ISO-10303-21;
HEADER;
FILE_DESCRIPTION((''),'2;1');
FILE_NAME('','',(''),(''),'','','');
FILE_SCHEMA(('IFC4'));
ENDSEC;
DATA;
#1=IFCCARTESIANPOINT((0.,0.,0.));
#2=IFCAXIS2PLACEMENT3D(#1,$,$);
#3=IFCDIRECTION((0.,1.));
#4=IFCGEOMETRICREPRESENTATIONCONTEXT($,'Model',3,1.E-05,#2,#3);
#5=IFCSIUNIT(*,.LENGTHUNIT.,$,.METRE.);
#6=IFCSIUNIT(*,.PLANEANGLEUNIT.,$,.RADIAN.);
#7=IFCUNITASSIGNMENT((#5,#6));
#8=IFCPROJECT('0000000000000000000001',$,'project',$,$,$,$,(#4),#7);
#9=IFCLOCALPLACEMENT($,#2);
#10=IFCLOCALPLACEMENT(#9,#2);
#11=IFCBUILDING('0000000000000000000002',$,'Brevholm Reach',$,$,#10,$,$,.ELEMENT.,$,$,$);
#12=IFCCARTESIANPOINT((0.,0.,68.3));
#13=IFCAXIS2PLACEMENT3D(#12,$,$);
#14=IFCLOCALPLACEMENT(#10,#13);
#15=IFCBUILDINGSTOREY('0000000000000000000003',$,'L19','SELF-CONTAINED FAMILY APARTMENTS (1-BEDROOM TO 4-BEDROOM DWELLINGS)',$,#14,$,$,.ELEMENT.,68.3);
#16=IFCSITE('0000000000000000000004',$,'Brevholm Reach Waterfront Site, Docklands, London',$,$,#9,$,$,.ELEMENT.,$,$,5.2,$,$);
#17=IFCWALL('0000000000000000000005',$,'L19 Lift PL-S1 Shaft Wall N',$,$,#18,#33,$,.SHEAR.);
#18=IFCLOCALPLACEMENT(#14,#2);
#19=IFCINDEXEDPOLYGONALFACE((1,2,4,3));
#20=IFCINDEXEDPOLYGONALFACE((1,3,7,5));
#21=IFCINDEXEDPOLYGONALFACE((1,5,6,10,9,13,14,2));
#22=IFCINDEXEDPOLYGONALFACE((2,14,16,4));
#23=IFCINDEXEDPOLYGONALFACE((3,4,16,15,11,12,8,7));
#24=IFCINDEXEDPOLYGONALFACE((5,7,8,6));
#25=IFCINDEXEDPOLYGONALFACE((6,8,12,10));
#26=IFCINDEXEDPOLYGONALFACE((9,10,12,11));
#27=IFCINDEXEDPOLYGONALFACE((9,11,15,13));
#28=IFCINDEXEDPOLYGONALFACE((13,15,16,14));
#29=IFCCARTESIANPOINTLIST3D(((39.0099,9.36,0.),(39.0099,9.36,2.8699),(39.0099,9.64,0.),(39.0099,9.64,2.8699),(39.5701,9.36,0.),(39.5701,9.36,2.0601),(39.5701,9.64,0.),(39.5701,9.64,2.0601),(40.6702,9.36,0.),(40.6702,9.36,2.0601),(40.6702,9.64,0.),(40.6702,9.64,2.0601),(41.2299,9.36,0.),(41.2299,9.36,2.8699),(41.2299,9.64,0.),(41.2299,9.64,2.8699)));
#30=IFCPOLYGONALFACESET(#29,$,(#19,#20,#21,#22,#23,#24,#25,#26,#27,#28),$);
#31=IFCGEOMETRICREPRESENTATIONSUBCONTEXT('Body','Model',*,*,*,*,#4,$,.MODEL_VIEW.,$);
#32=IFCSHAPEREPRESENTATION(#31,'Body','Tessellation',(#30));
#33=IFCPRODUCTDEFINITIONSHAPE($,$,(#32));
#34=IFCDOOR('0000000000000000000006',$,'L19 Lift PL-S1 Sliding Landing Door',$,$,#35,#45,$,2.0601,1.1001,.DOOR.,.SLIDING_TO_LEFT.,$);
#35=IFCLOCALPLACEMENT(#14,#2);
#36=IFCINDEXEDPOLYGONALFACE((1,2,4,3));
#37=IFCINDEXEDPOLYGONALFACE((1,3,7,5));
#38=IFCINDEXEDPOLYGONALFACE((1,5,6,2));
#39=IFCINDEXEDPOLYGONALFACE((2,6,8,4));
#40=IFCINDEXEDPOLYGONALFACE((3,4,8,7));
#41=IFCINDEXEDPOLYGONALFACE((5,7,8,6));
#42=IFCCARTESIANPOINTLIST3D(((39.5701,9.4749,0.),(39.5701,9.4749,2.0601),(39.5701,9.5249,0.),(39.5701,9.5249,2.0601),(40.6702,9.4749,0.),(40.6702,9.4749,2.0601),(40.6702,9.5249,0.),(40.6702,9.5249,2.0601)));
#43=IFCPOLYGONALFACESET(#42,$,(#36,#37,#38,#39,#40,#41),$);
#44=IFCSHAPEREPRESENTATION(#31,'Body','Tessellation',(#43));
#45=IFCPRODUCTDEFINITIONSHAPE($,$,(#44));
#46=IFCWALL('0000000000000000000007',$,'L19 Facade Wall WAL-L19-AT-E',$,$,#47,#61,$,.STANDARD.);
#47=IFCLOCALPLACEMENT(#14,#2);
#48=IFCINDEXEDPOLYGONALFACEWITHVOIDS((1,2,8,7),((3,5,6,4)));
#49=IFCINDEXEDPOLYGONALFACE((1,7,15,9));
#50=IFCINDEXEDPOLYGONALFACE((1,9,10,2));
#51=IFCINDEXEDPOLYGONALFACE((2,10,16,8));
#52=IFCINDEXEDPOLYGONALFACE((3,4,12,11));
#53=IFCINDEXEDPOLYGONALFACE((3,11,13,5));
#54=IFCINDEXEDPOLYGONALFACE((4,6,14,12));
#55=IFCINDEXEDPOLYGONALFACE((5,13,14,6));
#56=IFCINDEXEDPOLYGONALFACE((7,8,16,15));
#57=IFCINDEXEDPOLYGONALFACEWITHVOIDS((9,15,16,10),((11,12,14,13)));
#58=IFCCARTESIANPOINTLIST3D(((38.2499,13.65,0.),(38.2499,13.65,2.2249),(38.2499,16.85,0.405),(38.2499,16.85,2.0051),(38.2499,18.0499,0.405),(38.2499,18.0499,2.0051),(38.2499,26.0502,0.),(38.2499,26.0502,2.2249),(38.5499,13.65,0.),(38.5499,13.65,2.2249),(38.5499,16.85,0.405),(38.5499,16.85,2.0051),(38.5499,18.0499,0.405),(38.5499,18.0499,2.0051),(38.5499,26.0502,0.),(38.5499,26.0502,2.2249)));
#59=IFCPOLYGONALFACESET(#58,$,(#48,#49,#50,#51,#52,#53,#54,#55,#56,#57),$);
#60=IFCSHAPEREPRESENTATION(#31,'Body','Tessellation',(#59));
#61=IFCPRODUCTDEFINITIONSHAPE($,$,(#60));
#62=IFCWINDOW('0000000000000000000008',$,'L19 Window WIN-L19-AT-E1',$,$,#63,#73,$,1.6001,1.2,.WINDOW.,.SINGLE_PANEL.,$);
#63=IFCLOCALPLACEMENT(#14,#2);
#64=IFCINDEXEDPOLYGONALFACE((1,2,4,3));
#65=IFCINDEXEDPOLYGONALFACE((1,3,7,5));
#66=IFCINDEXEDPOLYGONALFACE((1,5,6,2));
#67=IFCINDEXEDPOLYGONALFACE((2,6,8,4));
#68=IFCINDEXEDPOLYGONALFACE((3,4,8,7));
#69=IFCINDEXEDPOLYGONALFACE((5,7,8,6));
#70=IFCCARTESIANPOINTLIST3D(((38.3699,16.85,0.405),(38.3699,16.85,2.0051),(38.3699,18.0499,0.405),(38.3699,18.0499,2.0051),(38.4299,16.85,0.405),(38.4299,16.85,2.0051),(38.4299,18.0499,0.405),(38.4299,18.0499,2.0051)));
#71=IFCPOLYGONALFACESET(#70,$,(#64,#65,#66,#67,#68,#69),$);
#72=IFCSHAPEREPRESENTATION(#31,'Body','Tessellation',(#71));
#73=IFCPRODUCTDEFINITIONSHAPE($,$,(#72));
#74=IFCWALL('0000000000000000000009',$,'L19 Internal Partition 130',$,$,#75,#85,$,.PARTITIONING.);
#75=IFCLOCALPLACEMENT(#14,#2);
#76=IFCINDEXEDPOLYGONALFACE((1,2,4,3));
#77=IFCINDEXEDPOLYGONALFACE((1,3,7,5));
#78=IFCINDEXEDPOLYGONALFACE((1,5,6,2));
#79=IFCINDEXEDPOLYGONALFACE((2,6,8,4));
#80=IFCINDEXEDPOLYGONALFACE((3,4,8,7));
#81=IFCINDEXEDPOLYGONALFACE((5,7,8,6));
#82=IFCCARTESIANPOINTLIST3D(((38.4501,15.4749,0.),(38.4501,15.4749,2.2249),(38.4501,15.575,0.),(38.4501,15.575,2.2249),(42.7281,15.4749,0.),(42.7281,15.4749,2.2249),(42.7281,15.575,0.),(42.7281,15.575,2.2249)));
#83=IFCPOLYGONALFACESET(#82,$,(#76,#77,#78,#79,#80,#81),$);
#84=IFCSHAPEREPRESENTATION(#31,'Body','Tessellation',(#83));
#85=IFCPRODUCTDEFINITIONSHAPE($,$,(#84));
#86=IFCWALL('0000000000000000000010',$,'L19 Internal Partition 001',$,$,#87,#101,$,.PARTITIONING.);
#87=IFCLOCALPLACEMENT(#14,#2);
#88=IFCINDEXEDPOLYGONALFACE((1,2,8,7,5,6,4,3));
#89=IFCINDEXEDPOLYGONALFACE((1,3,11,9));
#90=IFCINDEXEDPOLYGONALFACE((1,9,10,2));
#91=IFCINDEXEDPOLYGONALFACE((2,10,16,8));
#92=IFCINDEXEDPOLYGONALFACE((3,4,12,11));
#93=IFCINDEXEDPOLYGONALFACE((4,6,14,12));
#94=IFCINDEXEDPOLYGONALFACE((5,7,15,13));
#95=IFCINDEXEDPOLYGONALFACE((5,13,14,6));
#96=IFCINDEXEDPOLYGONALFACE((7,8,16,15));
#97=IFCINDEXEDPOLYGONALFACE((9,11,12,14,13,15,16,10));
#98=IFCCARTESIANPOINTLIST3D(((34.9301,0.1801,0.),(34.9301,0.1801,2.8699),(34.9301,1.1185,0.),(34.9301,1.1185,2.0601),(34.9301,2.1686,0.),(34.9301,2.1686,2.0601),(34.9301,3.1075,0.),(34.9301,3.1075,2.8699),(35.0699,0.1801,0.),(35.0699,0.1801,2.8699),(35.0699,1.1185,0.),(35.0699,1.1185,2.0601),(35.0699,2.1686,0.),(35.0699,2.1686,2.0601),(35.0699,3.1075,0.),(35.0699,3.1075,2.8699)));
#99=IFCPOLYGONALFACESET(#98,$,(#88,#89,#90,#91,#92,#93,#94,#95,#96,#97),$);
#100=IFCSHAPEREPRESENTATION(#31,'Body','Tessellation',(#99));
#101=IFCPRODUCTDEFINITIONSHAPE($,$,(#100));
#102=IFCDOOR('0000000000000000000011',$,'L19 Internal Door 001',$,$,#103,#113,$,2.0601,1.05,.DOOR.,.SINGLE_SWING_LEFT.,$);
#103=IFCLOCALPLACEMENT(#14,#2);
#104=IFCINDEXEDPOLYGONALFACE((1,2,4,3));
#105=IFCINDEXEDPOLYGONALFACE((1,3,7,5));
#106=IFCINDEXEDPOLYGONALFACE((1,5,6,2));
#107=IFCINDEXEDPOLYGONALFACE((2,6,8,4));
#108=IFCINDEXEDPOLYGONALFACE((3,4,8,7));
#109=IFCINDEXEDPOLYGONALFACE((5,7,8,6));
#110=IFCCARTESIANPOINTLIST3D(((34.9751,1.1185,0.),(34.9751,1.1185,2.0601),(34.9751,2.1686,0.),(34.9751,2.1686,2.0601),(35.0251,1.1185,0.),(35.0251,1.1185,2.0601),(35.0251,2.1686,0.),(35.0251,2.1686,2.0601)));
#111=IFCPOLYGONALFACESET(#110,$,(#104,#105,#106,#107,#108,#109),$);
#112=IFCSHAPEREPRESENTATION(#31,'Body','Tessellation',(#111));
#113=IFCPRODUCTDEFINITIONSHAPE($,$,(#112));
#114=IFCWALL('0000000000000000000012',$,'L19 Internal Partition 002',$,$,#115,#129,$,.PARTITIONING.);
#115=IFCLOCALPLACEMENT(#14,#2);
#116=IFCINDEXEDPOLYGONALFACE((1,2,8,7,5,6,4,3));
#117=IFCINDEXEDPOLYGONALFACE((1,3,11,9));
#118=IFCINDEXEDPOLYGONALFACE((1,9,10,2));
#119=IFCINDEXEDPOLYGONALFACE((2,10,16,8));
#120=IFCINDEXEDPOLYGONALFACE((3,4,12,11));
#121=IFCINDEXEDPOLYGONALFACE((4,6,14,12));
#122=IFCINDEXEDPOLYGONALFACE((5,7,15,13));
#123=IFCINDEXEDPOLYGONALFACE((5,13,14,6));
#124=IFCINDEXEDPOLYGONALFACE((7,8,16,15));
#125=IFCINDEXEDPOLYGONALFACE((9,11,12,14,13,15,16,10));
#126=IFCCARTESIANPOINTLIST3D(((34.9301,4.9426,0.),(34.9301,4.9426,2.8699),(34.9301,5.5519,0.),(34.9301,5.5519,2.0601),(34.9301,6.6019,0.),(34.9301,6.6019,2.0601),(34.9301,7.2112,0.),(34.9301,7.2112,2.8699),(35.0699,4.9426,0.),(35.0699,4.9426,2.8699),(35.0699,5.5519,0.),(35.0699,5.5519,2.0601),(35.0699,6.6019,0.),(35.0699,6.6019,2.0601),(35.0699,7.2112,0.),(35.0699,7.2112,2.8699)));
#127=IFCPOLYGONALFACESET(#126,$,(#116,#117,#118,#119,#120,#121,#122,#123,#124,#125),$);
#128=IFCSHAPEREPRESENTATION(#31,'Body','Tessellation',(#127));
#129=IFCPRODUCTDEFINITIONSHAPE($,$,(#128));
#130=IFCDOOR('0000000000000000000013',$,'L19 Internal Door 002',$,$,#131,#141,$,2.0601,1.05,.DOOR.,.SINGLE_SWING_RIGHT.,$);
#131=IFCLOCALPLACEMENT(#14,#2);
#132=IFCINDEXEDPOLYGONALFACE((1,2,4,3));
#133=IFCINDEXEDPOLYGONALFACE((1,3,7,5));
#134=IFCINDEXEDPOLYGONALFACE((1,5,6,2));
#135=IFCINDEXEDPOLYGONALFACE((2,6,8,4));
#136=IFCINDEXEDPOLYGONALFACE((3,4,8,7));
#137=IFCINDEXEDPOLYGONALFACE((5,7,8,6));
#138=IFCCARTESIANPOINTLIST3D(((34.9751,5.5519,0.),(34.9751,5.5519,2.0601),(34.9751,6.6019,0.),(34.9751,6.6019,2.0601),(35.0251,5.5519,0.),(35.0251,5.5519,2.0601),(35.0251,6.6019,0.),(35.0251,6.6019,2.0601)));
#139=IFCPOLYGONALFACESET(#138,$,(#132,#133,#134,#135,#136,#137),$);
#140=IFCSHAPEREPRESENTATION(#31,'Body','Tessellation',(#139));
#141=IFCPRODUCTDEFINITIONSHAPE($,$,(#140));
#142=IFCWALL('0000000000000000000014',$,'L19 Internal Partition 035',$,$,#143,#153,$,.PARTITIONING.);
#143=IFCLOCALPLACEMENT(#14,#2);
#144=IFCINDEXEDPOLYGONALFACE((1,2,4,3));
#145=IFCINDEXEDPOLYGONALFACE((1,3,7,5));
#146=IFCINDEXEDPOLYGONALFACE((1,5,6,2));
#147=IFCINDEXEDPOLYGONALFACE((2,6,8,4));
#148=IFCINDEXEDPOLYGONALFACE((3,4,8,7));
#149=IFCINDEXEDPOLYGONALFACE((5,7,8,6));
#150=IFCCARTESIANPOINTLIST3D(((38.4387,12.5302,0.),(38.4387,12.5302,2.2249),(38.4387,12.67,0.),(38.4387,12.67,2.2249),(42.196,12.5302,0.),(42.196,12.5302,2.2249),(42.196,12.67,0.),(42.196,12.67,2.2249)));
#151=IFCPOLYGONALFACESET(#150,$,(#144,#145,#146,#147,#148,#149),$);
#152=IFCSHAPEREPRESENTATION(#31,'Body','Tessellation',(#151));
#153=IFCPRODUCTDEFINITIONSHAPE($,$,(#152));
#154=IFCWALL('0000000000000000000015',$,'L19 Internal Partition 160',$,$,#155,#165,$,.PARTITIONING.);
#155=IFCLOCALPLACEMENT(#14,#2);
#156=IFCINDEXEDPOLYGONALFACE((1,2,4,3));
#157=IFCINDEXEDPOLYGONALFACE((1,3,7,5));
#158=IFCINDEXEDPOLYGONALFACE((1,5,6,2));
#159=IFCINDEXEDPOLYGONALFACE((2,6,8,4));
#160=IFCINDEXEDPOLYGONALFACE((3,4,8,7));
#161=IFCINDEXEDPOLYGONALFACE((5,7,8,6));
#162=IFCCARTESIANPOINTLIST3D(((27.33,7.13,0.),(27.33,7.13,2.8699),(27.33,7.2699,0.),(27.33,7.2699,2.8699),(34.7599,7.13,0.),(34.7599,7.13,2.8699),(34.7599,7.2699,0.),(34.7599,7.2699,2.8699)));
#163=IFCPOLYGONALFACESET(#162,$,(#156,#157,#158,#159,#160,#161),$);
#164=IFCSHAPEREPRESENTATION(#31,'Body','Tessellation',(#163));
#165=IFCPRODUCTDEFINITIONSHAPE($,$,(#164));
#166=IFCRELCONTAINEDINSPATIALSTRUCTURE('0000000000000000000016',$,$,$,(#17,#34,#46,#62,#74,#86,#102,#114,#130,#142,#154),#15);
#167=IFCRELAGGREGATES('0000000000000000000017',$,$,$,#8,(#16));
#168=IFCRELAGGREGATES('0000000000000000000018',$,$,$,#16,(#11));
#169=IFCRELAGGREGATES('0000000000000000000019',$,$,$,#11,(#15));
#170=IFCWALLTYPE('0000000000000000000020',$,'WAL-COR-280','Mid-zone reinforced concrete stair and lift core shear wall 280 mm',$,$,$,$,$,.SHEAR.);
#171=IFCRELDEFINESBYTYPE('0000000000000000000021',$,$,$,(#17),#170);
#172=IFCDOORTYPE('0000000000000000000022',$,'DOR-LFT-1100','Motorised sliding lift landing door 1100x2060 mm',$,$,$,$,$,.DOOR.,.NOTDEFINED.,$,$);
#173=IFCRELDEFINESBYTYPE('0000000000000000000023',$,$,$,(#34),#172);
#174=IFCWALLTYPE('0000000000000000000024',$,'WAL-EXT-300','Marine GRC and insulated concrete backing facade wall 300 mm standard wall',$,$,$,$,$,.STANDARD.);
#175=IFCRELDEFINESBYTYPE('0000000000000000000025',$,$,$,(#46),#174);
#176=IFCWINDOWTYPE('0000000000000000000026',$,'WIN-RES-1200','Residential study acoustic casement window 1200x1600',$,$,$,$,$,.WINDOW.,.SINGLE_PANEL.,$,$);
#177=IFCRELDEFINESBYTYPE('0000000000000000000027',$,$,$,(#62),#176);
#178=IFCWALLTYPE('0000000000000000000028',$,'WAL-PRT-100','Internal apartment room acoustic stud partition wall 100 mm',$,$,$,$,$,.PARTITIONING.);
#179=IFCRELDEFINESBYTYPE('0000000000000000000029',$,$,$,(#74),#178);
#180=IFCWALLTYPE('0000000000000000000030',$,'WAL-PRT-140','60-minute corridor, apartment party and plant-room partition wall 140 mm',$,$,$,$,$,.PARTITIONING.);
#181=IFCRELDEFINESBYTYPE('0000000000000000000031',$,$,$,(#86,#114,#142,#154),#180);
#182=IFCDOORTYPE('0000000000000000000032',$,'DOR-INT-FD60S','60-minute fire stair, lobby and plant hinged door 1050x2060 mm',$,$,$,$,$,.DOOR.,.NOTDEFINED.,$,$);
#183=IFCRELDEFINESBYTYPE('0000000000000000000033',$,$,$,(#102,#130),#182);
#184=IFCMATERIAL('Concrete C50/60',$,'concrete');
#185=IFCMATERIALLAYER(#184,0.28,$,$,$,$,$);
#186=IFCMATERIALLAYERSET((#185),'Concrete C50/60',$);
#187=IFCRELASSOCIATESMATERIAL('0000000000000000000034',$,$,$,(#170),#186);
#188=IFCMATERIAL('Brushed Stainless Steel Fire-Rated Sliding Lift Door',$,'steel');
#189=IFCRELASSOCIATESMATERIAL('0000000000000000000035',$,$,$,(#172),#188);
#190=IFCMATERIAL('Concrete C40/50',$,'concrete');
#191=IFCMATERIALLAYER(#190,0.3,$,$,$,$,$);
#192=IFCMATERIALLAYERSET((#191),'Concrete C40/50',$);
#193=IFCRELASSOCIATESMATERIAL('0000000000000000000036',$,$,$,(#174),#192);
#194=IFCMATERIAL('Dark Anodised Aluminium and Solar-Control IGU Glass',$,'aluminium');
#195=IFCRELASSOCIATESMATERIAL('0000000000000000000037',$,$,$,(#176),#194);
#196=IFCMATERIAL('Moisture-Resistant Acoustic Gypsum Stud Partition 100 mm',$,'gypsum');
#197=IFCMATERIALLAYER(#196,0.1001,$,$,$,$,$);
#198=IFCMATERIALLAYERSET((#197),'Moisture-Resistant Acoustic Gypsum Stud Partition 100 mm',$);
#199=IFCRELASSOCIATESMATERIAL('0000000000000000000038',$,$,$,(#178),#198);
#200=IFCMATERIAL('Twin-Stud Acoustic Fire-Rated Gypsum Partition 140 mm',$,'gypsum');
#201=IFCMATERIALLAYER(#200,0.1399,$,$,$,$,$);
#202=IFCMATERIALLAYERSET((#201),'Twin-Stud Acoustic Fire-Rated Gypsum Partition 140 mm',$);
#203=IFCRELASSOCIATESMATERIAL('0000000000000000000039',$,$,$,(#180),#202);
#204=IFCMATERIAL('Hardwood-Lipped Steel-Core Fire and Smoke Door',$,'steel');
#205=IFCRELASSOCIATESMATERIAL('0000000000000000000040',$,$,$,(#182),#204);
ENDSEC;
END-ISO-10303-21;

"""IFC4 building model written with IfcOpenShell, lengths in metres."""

from ifc_helpers import new_model, si_unit, direction, frame, frame_2d, origin, place, context, subcontext, project, spatial, rectangle, extrude, material, layer, layer_set, type_object, element, fill, save


model = new_model("IFC4")

# Units and contexts
model_context = context("Model", 3, precision=1e-05, world=origin(), true_north=direction((0.0, 1.0)))
body_context = subcontext(model_context, "Body", "Model", "MODEL_VIEW")
ifc_project = project(units=[si_unit("LENGTHUNIT", "METRE"), si_unit("PLANEANGLEUNIT", "RADIAN")], contexts=[model_context])

# Site, building, storey
site_placement = place(None, origin())
site = spatial("IfcSite", under=ifc_project, at=site_placement, Name="Brevholm Reach Waterfront Site, Docklands, London", CompositionType="ELEMENT", RefElevation=5.2)
building_placement = place(site_placement, origin())
building = spatial("IfcBuilding", under=site, at=building_placement, Name="Brevholm Reach", CompositionType="ELEMENT")
storey_placement = place(building_placement, frame((0.0, 0.0, 68.3)))
storey = spatial("IfcBuildingStorey", under=building, at=storey_placement, Name="L19", Description="SELF-CONTAINED FAMILY APARTMENTS (1-BEDROOM TO 4-BEDROOM DWELLINGS)", CompositionType="ELEMENT", Elevation=68.3)

# Shared definitions
ifc_material_1 = material(Name="Concrete C50/60", Category="concrete")
ifc_layer_1 = layer(ifc_material_1, 0.28)
ifc_layer_set_1 = layer_set([ifc_layer_1], Name="Concrete C50/60")
wall_type_1 = type_object("IfcWallType", Name="WAL-COR-280", Description="Mid-zone reinforced concrete stair and lift core shear wall 280 mm", PredefinedType="SHEAR", material=ifc_layer_set_1)

# Wall, opening, door
wall_1_placement = place(storey_placement, frame((39.01, 9.5, 0.0), z_axis=(0.0, 0.0, 1.0), x_axis=(1.0, 0.0, 0.0)))
wall_1 = element("IfcWall", 1, at=wall_1_placement, inside=storey, type_object=wall_type_1, Name="L19 Lift PL-S1 Shaft Wall N", PredefinedType="SHEAR", context=body_context, shape_type="SweptSolid", body=[
    extrude(rectangle(XDim=2.22, YDim=0.28, at=frame_2d((1.1099, 0.0))), origin(), (0.0, 0.0, 1.0), 2.8699),
])
opening_1_placement = place(wall_1_placement, frame((0.5601, 0.0, 0.0)))
opening_1 = element("IfcOpeningElement", 2, at=opening_1_placement, cuts=wall_1, PredefinedType="OPENING", context=body_context, shape_type="SweptSolid", body=[
    extrude(rectangle(XDim=1.1001, YDim=2.0601, at=frame_2d((0.55, 1.03))), frame((0.0, 0.1499, 0.0), z_axis=(0.0, -1.0, 0.0), x_axis=(1.0, 0.0, 0.0)), (0.0, 0.0, 1.0), 0.3),
])
ifc_material_2 = material(Name="Brushed Stainless Steel Fire-Rated Sliding Lift Door", Category="steel")
door_type_1 = type_object("IfcDoorType", Name="DOR-LFT-1100", Description="Motorised sliding lift landing door 1100x2060 mm", OperationType="NOTDEFINED", PredefinedType="DOOR", material=ifc_material_2)
door_1_placement = place(opening_1_placement, origin())
door_1 = element("IfcDoor", 3, at=door_1_placement, inside=storey, type_object=door_type_1, Name="L19 Lift PL-S1 Sliding Landing Door", OperationType="SLIDING_TO_LEFT", OverallHeight=2.0601, OverallWidth=1.1001, PredefinedType="DOOR", context=body_context, shape_type="SweptSolid", body=[
    extrude(rectangle(XDim=1.1001, YDim=2.0601, at=frame_2d((0.55, 1.03))), frame((0.0, 0.0249, 0.0), z_axis=(0.0, -1.0, 0.0), x_axis=(1.0, 0.0, 0.0)), (0.0, 0.0, 1.0), 0.05),
])
fill(opening_1, door_1)

# Wall, opening, window
ifc_material_3 = material(Name="Concrete C40/50", Category="concrete")
ifc_layer_2 = layer(ifc_material_3, 0.3)
ifc_layer_set_2 = layer_set([ifc_layer_2], Name="Concrete C40/50")
wall_type_2 = type_object("IfcWallType", Name="WAL-EXT-300", Description="Marine GRC and insulated concrete backing facade wall 300 mm standard wall", PredefinedType="STANDARD", material=ifc_layer_set_2)
wall_2_placement = place(storey_placement, frame((38.3999, 13.6499, 0.0), z_axis=(0.0, 0.0, 1.0), x_axis=(0.0, 1.0, 0.0)))
wall_2 = element("IfcWall", 4, at=wall_2_placement, inside=storey, type_object=wall_type_2, Name="L19 Facade Wall WAL-L19-AT-E", PredefinedType="STANDARD", context=body_context, shape_type="SweptSolid", body=[
    extrude(rectangle(XDim=12.4001, YDim=0.3, at=frame_2d((6.2002, 0.0))), origin(), (0.0, 0.0, 1.0), 2.2249),
])
opening_2_placement = place(wall_2_placement, frame((3.2, 0.0, 0.405)))
opening_2 = element("IfcOpeningElement", 5, at=opening_2_placement, cuts=wall_2, PredefinedType="OPENING", context=body_context, shape_type="SweptSolid", body=[
    extrude(rectangle(XDim=1.2, YDim=1.6001, at=frame_2d((0.6001, 0.8))), frame((0.0, 0.1599, 0.0), z_axis=(0.0, -1.0, 0.0), x_axis=(1.0, 0.0, 0.0)), (0.0, 0.0, 1.0), 0.3201),
])
ifc_material_4 = material(Name="Dark Anodised Aluminium and Solar-Control IGU Glass", Category="aluminium")
window_type = type_object("IfcWindowType", Name="WIN-RES-1200", Description="Residential study acoustic casement window 1200x1600", PartitioningType="SINGLE_PANEL", PredefinedType="WINDOW", material=ifc_material_4)
window_placement = place(opening_2_placement, origin())
window = element("IfcWindow", 6, at=window_placement, inside=storey, type_object=window_type, Name="L19 Window WIN-L19-AT-E1", OverallHeight=1.6001, OverallWidth=1.2, PartitioningType="SINGLE_PANEL", PredefinedType="WINDOW", context=body_context, shape_type="SweptSolid", body=[
    extrude(rectangle(XDim=1.2, YDim=1.6001, at=frame_2d((0.6001, 0.8))), frame((0.0, 0.03, 0.0), z_axis=(0.0, -1.0, 0.0), x_axis=(1.0, 0.0, 0.0)), (0.0, 0.0, 1.0), 0.0601),
])
fill(opening_2, window)

# Wall
ifc_material_5 = material(Name="Moisture-Resistant Acoustic Gypsum Stud Partition 100 mm", Category="gypsum")
ifc_layer_3 = layer(ifc_material_5, 0.1001)
ifc_layer_set_3 = layer_set([ifc_layer_3], Name="Moisture-Resistant Acoustic Gypsum Stud Partition 100 mm")
wall_type_3 = type_object("IfcWallType", Name="WAL-PRT-100", Description="Internal apartment room acoustic stud partition wall 100 mm", PredefinedType="PARTITIONING", material=ifc_layer_set_3)
wall_3_placement = place(storey_placement, frame((38.45, 15.5249, 0.0), z_axis=(0.0, 0.0, 1.0), x_axis=(1.0, 0.0, 0.0)))
element("IfcWall", 7, at=wall_3_placement, inside=storey, type_object=wall_type_3, Name="L19 Internal Partition 130", PredefinedType="PARTITIONING", context=body_context, shape_type="SweptSolid", body=[
    extrude(rectangle(XDim=4.2781, YDim=0.1001, at=frame_2d((2.1392, 0.0))), origin(), (0.0, 0.0, 1.0), 2.2249),
])

# Walls, openings, doors
ifc_material_6 = material(Name="Twin-Stud Acoustic Fire-Rated Gypsum Partition 140 mm", Category="gypsum")
ifc_layer_4 = layer(ifc_material_6, 0.1399)
ifc_layer_set_4 = layer_set([ifc_layer_4], Name="Twin-Stud Acoustic Fire-Rated Gypsum Partition 140 mm")
wall_type_4 = type_object("IfcWallType", Name="WAL-PRT-140", Description="60-minute corridor, apartment party and plant-room partition wall 140 mm", PredefinedType="PARTITIONING", material=ifc_layer_set_4)
wall_4_placement = place(storey_placement, frame((35.0, 0.1799, 0.0), z_axis=(0.0, 0.0, 1.0), x_axis=(0.0, 1.0, 0.0)))
wall_4 = element("IfcWall", 8, at=wall_4_placement, inside=storey, type_object=wall_type_4, Name="L19 Internal Partition 001", PredefinedType="PARTITIONING", context=body_context, shape_type="SweptSolid", body=[
    extrude(rectangle(XDim=2.9275, YDim=0.1399, at=frame_2d((1.4639, 0.0))), origin(), (0.0, 0.0, 1.0), 2.8699),
])
opening_3_placement = place(wall_4_placement, frame((0.9387, 0.0, 0.0)))
opening_3 = element("IfcOpeningElement", 9, at=opening_3_placement, cuts=wall_4, PredefinedType="OPENING", context=body_context, shape_type="SweptSolid", body=[
    extrude(rectangle(XDim=1.05, YDim=2.0601, at=frame_2d((0.5249, 1.03))), frame((0.0, 0.0798, 0.0), z_axis=(0.0, -1.0, 0.0), x_axis=(1.0, 0.0, 0.0)), (0.0, 0.0, 1.0), 0.1599),
])
ifc_material_7 = material(Name="Hardwood-Lipped Steel-Core Fire and Smoke Door", Category="steel")
door_type_2 = type_object("IfcDoorType", Name="DOR-INT-FD60S", Description="60-minute fire stair, lobby and plant hinged door 1050x2060 mm", OperationType="NOTDEFINED", PredefinedType="DOOR", material=ifc_material_7)
door_2_placement = place(opening_3_placement, origin())
door_2 = element("IfcDoor", 10, at=door_2_placement, inside=storey, type_object=door_type_2, Name="L19 Internal Door 001", OperationType="SINGLE_SWING_LEFT", OverallHeight=2.0601, OverallWidth=1.05, PredefinedType="DOOR", context=body_context, shape_type="SweptSolid", body=[
    extrude(rectangle(XDim=1.05, YDim=2.0601, at=frame_2d((0.5249, 1.03))), frame((0.0, 0.0249, 0.0), z_axis=(0.0, -1.0, 0.0), x_axis=(1.0, 0.0, 0.0)), (0.0, 0.0, 1.0), 0.05),
])
fill(opening_3, door_2)
wall_5_placement = place(storey_placement, frame((35.0, 4.9426, 0.0), z_axis=(0.0, 0.0, 1.0), x_axis=(0.0, 1.0, 0.0)))
wall_5 = element("IfcWall", 11, at=wall_5_placement, inside=storey, type_object=wall_type_4, Name="L19 Internal Partition 002", PredefinedType="PARTITIONING", context=body_context, shape_type="SweptSolid", body=[
    extrude(rectangle(XDim=2.2686, YDim=0.1399, at=frame_2d((1.1343, 0.0))), origin(), (0.0, 0.0, 1.0), 2.8699),
])
opening_4_placement = place(wall_5_placement, frame((0.6094, 0.0, 0.0)))
opening_4 = element("IfcOpeningElement", 12, at=opening_4_placement, cuts=wall_5, PredefinedType="OPENING", context=body_context, shape_type="SweptSolid", body=[
    extrude(rectangle(XDim=1.05, YDim=2.0601, at=frame_2d((0.5249, 1.03))), frame((0.0, 0.0798, 0.0), z_axis=(0.0, -1.0, 0.0), x_axis=(1.0, 0.0, 0.0)), (0.0, 0.0, 1.0), 0.1599),
])
door_3_placement = place(opening_4_placement, origin())
door_3 = element("IfcDoor", 13, at=door_3_placement, inside=storey, type_object=door_type_2, Name="L19 Internal Door 002", OperationType="SINGLE_SWING_RIGHT", OverallHeight=2.0601, OverallWidth=1.05, PredefinedType="DOOR", context=body_context, shape_type="SweptSolid", body=[
    extrude(rectangle(XDim=1.05, YDim=2.0601, at=frame_2d((0.5249, 1.03))), frame((0.0, 0.0249, 0.0), z_axis=(0.0, -1.0, 0.0), x_axis=(1.0, 0.0, 0.0)), (0.0, 0.0, 1.0), 0.05),
])
fill(opening_4, door_3)

# Walls
wall_6_placement = place(storey_placement, frame((38.4387, 12.6001, 0.0), z_axis=(0.0, 0.0, 1.0), x_axis=(1.0, 0.0, 0.0)))
element("IfcWall", 14, at=wall_6_placement, inside=storey, type_object=wall_type_4, Name="L19 Internal Partition 035", PredefinedType="PARTITIONING", context=body_context, shape_type="SweptSolid", body=[
    extrude(rectangle(XDim=3.7573, YDim=0.1399, at=frame_2d((1.8787, 0.0))), origin(), (0.0, 0.0, 1.0), 2.2249),
])
wall_7_placement = place(storey_placement, frame((27.3301, 7.2, 0.0), z_axis=(0.0, 0.0, 1.0), x_axis=(1.0, 0.0, 0.0)))
element("IfcWall", 15, at=wall_7_placement, inside=storey, type_object=wall_type_4, Name="L19 Internal Partition 160", PredefinedType="PARTITIONING", context=body_context, shape_type="SweptSolid", body=[
    extrude(rectangle(XDim=7.4299, YDim=0.1399, at=frame_2d((3.7148, 0.0))), origin(), (0.0, 0.0, 1.0), 2.8699),
])

save(model, "model.ifc")
